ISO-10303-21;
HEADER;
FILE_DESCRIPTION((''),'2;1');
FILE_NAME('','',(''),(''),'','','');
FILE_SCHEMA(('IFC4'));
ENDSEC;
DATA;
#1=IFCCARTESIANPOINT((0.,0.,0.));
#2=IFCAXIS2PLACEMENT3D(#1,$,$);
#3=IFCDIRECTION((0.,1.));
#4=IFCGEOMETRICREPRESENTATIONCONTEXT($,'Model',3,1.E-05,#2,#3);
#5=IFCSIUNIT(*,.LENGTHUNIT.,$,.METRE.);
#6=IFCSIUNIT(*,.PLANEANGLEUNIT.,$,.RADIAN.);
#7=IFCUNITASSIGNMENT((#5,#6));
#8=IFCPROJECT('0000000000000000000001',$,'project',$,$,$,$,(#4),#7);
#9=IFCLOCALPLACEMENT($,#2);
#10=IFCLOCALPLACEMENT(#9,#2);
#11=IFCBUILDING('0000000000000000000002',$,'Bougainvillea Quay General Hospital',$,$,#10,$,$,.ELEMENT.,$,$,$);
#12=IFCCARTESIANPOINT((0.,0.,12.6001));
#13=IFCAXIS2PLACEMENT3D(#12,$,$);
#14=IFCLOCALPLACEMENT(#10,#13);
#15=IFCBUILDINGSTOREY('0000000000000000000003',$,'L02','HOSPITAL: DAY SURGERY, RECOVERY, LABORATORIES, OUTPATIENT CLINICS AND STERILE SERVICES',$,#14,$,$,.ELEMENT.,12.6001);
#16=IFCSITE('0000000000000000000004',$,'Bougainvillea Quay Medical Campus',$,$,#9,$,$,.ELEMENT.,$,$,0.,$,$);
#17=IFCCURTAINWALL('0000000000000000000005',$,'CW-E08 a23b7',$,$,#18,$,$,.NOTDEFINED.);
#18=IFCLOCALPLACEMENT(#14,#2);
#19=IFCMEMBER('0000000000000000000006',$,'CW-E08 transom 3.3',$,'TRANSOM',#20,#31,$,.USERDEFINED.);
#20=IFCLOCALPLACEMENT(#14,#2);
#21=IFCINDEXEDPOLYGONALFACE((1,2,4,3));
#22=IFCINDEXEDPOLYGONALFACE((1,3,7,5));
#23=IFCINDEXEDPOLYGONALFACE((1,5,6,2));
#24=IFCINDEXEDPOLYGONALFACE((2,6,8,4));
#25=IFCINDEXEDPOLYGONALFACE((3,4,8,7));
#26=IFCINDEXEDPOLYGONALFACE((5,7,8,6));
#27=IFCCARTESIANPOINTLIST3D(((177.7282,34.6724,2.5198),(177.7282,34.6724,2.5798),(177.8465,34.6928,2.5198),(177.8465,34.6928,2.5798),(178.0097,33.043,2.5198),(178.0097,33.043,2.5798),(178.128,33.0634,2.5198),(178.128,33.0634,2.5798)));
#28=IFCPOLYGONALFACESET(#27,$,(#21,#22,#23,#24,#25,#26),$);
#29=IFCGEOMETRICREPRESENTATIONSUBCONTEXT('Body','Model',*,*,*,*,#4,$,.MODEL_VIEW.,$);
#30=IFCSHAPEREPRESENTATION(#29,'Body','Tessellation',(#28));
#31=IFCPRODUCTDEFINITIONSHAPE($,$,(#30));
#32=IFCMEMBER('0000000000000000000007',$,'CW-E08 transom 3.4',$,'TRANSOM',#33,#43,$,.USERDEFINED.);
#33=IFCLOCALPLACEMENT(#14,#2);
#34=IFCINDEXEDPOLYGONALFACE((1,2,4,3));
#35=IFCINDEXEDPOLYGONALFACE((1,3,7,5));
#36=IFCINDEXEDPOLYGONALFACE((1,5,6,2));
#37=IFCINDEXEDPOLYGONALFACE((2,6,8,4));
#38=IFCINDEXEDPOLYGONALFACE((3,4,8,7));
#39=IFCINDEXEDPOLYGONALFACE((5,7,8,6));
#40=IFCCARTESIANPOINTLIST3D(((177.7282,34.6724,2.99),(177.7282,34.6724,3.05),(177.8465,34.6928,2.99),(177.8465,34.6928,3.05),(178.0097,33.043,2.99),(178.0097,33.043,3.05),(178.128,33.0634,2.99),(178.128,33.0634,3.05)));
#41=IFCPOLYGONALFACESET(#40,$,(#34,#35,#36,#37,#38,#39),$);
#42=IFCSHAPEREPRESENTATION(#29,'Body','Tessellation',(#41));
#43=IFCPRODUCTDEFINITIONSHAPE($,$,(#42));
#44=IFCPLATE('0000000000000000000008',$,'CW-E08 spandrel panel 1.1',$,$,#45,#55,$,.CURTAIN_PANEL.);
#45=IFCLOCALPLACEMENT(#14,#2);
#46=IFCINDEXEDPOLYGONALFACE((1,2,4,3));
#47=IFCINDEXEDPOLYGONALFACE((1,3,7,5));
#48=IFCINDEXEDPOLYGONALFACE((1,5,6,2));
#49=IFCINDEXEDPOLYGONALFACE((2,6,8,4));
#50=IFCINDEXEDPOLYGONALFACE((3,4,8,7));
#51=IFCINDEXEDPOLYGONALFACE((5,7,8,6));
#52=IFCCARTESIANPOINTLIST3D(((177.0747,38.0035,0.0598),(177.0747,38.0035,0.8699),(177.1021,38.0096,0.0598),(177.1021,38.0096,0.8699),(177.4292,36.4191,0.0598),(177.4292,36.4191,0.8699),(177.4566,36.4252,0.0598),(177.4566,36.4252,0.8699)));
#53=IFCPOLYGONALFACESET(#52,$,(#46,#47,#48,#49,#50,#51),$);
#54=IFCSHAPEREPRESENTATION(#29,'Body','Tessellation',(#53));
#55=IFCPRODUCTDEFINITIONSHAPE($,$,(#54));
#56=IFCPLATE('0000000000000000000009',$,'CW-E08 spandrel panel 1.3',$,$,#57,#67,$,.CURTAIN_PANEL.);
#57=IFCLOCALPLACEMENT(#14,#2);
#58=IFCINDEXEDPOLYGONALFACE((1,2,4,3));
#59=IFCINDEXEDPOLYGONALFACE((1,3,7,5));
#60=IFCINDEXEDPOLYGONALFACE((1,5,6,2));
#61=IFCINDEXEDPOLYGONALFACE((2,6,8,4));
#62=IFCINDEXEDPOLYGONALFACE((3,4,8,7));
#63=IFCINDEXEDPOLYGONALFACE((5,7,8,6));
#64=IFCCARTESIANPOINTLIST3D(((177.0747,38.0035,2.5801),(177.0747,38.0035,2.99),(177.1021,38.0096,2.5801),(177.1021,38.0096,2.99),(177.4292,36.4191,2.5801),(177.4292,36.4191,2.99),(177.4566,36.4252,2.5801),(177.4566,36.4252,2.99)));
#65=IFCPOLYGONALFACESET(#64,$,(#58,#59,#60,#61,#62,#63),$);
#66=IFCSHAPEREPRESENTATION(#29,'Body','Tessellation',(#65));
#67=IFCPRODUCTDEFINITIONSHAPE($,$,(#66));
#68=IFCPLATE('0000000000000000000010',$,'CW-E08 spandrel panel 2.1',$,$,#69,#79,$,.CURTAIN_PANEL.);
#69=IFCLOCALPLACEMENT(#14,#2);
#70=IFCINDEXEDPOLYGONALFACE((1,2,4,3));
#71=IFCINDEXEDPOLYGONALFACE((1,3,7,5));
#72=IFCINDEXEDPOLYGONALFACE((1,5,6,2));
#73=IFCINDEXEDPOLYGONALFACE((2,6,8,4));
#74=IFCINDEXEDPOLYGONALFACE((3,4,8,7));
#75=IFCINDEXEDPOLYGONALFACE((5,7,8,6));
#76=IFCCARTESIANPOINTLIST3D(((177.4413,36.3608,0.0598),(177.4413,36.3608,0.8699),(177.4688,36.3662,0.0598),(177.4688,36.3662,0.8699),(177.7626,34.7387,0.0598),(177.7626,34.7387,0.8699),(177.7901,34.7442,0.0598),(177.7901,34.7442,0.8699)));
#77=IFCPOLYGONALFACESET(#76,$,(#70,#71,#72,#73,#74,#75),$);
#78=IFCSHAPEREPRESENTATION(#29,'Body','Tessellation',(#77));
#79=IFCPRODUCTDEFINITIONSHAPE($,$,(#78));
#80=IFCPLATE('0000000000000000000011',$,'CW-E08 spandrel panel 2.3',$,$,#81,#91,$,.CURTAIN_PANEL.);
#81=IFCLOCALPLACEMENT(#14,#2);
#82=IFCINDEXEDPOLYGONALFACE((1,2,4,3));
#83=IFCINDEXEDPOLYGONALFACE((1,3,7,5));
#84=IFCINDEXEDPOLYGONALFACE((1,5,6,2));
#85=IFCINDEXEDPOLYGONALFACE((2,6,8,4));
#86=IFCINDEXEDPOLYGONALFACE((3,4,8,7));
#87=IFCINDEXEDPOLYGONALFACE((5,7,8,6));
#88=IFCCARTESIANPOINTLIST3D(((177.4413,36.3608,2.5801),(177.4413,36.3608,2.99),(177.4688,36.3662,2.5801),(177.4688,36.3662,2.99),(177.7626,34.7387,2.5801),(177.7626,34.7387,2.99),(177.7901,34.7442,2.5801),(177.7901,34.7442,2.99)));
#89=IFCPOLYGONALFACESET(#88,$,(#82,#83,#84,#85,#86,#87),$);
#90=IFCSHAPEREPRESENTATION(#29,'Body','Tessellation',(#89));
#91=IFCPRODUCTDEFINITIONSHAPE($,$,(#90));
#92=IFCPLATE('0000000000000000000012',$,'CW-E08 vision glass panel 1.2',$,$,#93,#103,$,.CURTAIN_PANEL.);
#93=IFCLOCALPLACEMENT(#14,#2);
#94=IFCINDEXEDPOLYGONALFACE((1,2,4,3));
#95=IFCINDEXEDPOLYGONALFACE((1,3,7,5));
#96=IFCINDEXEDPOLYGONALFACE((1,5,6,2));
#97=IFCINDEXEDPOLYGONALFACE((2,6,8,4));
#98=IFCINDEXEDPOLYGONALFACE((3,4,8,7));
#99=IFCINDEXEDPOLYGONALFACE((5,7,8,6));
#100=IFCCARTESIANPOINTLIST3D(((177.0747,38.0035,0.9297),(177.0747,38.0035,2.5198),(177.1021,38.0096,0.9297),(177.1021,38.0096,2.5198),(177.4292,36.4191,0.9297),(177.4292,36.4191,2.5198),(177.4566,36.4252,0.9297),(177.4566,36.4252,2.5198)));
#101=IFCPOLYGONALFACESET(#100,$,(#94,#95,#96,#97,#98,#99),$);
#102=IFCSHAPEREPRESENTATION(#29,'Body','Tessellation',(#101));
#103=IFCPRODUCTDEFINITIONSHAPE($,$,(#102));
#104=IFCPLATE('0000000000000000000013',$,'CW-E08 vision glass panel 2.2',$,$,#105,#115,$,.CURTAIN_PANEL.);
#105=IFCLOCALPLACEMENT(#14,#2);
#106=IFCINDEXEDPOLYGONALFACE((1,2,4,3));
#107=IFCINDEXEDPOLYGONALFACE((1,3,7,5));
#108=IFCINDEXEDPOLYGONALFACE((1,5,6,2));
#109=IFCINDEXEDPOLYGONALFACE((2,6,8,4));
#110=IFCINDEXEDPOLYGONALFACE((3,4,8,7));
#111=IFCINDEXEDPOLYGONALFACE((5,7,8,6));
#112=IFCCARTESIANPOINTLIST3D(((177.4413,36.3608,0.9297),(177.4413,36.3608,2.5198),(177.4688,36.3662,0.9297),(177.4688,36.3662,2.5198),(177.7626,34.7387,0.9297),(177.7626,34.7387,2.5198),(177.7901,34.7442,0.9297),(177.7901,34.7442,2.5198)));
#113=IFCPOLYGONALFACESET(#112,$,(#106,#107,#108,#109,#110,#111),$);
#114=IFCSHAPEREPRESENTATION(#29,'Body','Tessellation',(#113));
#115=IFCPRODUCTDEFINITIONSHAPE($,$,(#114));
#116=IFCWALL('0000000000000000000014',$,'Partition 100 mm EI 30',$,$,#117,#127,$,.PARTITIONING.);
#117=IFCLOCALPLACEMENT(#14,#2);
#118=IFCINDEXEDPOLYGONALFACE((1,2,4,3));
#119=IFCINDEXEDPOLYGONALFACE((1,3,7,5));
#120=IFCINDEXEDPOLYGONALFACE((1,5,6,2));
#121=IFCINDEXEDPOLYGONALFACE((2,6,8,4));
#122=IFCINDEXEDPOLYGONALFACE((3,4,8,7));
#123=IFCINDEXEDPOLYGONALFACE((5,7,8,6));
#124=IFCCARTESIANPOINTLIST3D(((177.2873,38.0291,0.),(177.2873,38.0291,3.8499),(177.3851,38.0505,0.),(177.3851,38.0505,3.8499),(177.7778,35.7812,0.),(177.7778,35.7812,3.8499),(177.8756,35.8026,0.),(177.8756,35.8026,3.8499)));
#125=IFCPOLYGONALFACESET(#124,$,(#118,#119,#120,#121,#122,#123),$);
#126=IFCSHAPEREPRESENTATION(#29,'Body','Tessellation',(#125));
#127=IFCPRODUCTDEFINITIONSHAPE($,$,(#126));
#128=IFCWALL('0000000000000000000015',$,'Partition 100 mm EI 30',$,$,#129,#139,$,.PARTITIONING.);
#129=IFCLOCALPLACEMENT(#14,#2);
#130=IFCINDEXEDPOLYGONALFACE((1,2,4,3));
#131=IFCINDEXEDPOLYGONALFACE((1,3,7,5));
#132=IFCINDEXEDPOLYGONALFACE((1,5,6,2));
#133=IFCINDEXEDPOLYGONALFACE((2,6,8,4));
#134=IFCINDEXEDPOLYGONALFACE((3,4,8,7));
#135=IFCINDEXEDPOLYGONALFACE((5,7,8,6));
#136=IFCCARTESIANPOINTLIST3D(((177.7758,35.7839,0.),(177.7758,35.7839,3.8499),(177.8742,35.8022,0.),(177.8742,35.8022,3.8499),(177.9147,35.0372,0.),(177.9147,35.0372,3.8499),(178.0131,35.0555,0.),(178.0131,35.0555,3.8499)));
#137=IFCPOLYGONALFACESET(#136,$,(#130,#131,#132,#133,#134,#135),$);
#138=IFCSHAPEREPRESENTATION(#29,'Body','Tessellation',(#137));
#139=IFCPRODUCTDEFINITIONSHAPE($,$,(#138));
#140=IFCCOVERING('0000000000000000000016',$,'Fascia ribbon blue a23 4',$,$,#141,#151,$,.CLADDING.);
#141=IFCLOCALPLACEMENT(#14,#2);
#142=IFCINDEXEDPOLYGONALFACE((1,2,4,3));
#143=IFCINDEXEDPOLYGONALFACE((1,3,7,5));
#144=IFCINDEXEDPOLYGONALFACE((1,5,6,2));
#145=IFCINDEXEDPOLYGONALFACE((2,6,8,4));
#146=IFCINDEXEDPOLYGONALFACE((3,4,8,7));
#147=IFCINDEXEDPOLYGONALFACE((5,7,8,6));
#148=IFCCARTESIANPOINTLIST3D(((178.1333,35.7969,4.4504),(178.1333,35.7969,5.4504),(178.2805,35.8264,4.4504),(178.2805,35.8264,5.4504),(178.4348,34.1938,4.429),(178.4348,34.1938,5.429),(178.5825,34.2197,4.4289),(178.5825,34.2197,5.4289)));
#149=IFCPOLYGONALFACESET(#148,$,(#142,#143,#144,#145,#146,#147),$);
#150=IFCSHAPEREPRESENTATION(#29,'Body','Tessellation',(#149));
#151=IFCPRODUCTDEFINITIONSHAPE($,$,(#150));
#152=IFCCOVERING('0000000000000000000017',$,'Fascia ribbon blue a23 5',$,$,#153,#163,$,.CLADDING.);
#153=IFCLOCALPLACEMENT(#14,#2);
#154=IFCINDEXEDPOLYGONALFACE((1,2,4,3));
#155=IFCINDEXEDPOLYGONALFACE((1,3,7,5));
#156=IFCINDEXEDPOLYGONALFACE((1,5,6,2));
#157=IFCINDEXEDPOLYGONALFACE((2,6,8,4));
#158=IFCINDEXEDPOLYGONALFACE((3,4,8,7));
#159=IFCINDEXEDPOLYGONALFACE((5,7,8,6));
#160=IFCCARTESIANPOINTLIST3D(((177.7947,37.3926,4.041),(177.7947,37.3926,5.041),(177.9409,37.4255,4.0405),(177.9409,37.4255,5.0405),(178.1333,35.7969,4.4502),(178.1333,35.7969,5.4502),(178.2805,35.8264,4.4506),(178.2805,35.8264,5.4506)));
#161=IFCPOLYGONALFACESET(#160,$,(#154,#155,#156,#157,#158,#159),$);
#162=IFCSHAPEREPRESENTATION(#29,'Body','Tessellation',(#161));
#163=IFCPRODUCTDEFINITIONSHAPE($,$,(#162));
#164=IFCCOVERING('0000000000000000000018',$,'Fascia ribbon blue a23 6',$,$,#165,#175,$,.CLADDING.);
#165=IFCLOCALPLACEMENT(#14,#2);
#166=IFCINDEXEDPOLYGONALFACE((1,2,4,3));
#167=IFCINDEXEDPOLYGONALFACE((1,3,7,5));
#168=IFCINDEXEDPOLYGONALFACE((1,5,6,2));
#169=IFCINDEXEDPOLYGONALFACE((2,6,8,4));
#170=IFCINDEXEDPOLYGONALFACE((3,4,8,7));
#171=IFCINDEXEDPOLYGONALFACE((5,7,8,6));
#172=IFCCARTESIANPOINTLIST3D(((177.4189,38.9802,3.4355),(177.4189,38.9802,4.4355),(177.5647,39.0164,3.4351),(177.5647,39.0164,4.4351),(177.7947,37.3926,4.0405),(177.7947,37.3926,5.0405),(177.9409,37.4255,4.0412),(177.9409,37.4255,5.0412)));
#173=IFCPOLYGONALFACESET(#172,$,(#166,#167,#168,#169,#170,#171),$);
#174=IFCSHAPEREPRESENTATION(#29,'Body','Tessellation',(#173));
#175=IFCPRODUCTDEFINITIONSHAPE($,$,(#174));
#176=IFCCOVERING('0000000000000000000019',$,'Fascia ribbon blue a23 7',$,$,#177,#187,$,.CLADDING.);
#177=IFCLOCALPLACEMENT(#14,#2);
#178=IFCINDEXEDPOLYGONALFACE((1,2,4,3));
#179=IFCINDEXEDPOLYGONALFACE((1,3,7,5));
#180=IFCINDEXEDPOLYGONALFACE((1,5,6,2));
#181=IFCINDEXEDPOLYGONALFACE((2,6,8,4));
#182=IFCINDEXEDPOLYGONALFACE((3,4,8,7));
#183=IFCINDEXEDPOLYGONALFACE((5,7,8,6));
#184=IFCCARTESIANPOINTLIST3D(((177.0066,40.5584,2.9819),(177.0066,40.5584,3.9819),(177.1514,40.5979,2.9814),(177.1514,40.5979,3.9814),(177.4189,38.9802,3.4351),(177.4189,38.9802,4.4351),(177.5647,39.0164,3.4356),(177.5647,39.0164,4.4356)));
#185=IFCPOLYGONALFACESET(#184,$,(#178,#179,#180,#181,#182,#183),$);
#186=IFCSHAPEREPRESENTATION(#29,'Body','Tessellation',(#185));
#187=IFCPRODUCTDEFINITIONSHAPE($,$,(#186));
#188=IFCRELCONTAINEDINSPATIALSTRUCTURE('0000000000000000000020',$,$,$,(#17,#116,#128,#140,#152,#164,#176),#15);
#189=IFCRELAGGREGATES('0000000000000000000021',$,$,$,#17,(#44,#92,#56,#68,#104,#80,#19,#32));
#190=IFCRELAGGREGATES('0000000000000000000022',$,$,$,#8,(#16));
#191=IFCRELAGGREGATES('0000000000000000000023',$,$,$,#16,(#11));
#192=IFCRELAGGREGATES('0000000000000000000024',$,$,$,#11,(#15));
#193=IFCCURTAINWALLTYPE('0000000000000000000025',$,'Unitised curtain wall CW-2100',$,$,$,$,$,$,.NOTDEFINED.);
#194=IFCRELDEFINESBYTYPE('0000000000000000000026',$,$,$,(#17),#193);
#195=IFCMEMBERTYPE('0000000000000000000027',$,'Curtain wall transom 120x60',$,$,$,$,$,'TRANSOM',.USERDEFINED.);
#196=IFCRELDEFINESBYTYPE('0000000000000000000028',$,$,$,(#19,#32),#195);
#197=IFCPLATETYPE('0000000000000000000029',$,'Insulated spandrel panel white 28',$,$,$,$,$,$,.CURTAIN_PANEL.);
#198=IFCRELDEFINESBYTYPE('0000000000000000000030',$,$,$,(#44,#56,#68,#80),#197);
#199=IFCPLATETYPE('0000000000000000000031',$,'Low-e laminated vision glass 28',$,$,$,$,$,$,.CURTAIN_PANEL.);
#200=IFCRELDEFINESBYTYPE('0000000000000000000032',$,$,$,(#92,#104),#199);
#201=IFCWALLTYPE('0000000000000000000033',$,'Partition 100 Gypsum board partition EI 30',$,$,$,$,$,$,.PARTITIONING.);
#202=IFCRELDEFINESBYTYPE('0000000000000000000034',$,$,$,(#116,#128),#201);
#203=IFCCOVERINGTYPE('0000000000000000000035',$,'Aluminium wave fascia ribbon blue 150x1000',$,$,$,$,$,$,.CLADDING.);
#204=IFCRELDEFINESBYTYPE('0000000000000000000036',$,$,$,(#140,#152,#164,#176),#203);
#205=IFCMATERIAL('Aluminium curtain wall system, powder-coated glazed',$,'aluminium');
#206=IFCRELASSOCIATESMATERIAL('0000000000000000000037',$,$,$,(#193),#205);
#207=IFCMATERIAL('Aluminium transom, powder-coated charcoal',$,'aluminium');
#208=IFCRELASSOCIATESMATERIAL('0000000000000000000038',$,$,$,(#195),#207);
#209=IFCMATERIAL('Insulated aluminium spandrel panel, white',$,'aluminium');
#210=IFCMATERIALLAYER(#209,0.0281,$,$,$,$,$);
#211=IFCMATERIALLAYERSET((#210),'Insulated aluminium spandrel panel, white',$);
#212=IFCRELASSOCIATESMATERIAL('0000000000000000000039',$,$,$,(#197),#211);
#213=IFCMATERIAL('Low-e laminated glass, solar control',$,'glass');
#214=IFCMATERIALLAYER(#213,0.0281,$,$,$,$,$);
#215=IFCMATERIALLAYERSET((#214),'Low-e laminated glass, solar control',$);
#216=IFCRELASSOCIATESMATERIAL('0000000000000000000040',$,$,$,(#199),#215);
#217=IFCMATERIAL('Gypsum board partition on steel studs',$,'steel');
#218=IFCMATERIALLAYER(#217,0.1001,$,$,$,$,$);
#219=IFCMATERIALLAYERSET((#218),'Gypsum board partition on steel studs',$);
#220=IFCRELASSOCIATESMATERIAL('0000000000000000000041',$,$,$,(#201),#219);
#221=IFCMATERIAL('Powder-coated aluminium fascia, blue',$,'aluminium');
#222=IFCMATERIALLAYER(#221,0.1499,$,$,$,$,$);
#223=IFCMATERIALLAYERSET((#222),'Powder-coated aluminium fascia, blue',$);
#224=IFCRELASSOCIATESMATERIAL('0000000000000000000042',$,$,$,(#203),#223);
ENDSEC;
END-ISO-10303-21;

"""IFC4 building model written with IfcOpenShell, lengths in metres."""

from ifc_helpers import new_model, si_unit, direction, frame, frame_2d, origin, origin_2d, place, context, subcontext, project, spatial, polyline, rectangle, outline, extrude, material, layer, layer_set, material_profile, profile_set, type_object, element, aggregate, save


model = new_model("IFC4")

# Units and contexts
model_context = context("Model", 3, precision=1e-05, world=origin(), true_north=direction((0.0, 1.0)))
body_context = subcontext(model_context, "Body", "Model", "MODEL_VIEW")
ifc_project = project(units=[si_unit("LENGTHUNIT", "METRE"), si_unit("PLANEANGLEUNIT", "RADIAN")], contexts=[model_context])

# Site, building, storey
site_placement = place(None, origin())
site = spatial("IfcSite", under=ifc_project, at=site_placement, Name="Bougainvillea Quay Medical Campus", CompositionType="ELEMENT", RefElevation=0.0)
building_placement = place(site_placement, origin())
building = spatial("IfcBuilding", under=site, at=building_placement, Name="Bougainvillea Quay General Hospital", CompositionType="ELEMENT")
storey_placement = place(building_placement, frame((0.0, 0.0, 12.6001)))
storey = spatial("IfcBuildingStorey", under=building, at=storey_placement, Name="L02", Description="HOSPITAL: DAY SURGERY, RECOVERY, LABORATORIES, OUTPATIENT CLINICS AND STERILE SERVICES", CompositionType="ELEMENT", Elevation=12.6001)

# Shared definitions
ifc_material_1 = material(Name="Aluminium curtain wall system, powder-coated glazed", Category="aluminium")
curtain_wall_type = type_object("IfcCurtainWallType", Name="Unitised curtain wall CW-2100", PredefinedType="NOTDEFINED", material=ifc_material_1)

# Curtain wall, members, plates
curtain_wall_1_placement = place(storey_placement, origin())
curtain_wall_1 = element("IfcCurtainWall", 1, at=curtain_wall_1_placement, inside=storey, type_object=curtain_wall_type, Name="CW-E08 a23b7", PredefinedType="NOTDEFINED")
ifc_material_2 = material(Name="Aluminium transom, powder-coated charcoal", Category="aluminium")
ifc_material_profile_1 = material_profile(ifc_material_2, rectangle(XDim=0.1201, YDim=0.0601, at=origin_2d()))
ifc_profile_set_1 = profile_set([ifc_material_profile_1], Name="Aluminium transom, powder-coated charcoal")
member_type_1 = type_object("IfcMemberType", Name="Curtain wall transom 120x60", ElementType="TRANSOM", PredefinedType="USERDEFINED", material=ifc_profile_set_1)
member_1_placement = place(storey_placement, frame((177.7874, 34.6826, 2.5498), z_axis=(0.170238, -0.985403, 0.0), x_axis=(0.985403, 0.170238, 0.0)))
member_1 = element("IfcMember", 2, at=member_1_placement, type_object=member_type_1, Name="CW-E08 transom 3.3", ObjectType="TRANSOM", PredefinedType="USERDEFINED", context=body_context, shape_type="SweptSolid", body=[
    extrude(rectangle(XDim=0.1201, YDim=0.0601, at=origin_2d()), origin(), (0.0, 0.0, 1.0), 1.6536),
])
member_2_placement = place(storey_placement, frame((177.7874, 34.6826, 3.02), z_axis=(0.170238, -0.985403, 0.0), x_axis=(0.985403, 0.170238, 0.0)))
member_2 = element("IfcMember", 3, at=member_2_placement, type_object=member_type_1, Name="CW-E08 transom 3.4", ObjectType="TRANSOM", PredefinedType="USERDEFINED", context=body_context, shape_type="SweptSolid", body=[
    extrude(rectangle(XDim=0.1201, YDim=0.0601, at=origin_2d()), origin(), (0.0, 0.0, 1.0), 1.6536),
])
ifc_material_3 = material(Name="Insulated aluminium spandrel panel, white", Category="aluminium")
ifc_layer_1 = layer(ifc_material_3, 0.0281)
ifc_layer_set_1 = layer_set([ifc_layer_1], Name="Insulated aluminium spandrel panel, white")
plate_type_1 = type_object("IfcPlateType", Name="Insulated spandrel panel white 28", PredefinedType="CURTAIN_PANEL", material=ifc_layer_set_1)
plate_1_placement = place(storey_placement, frame((177.2656, 37.2144, 0.0598), z_axis=(0.0, 0.0, 1.0), x_axis=(0.218351, -0.97587, 0.0)))
plate_1 = element("IfcPlate", 4, at=plate_1_placement, type_object=plate_type_1, Name="CW-E08 spandrel panel 1.1", PredefinedType="CURTAIN_PANEL", context=body_context, shape_type="SweptSolid", body=[
    extrude(rectangle(XDim=1.6235, YDim=0.0281, at=origin_2d()), origin(), (0.0, 0.0, 1.0), 0.8101),
])
plate_2_placement = place(storey_placement, frame((177.2656, 37.2144, 2.5801), z_axis=(0.0, 0.0, 1.0), x_axis=(0.218351, -0.97587, 0.0)))
plate_2 = element("IfcPlate", 5, at=plate_2_placement, type_object=plate_type_1, Name="CW-E08 spandrel panel 1.3", PredefinedType="CURTAIN_PANEL", context=body_context, shape_type="SweptSolid", body=[
    extrude(rectangle(XDim=1.6235, YDim=0.0281, at=origin_2d()), origin(), (0.0, 0.0, 1.0), 0.4099),
])
plate_3_placement = place(storey_placement, frame((177.6157, 35.5525, 0.0598), z_axis=(0.0, 0.0, 1.0), x_axis=(0.194314, -0.980939, 0.0)))
plate_3 = element("IfcPlate", 6, at=plate_3_placement, type_object=plate_type_1, Name="CW-E08 spandrel panel 2.1", PredefinedType="CURTAIN_PANEL", context=body_context, shape_type="SweptSolid", body=[
    extrude(rectangle(XDim=1.6536, YDim=0.0281, at=origin_2d()), origin(), (0.0, 0.0, 1.0), 0.8101),
])
plate_4_placement = place(storey_placement, frame((177.6157, 35.5525, 2.5801), z_axis=(0.0, 0.0, 1.0), x_axis=(0.194314, -0.980939, 0.0)))
plate_4 = element("IfcPlate", 7, at=plate_4_placement, type_object=plate_type_1, Name="CW-E08 spandrel panel 2.3", PredefinedType="CURTAIN_PANEL", context=body_context, shape_type="SweptSolid", body=[
    extrude(rectangle(XDim=1.6536, YDim=0.0281, at=origin_2d()), origin(), (0.0, 0.0, 1.0), 0.4099),
])
ifc_material_4 = material(Name="Low-e laminated glass, solar control", Category="glass")
ifc_layer_2 = layer(ifc_material_4, 0.0281)
ifc_layer_set_2 = layer_set([ifc_layer_2], Name="Low-e laminated glass, solar control")
plate_type_2 = type_object("IfcPlateType", Name="Low-e laminated vision glass 28", PredefinedType="CURTAIN_PANEL", material=ifc_layer_set_2)
plate_5_placement = place(storey_placement, frame((177.2656, 37.2144, 0.9297), z_axis=(0.0, 0.0, 1.0), x_axis=(0.218351, -0.97587, 0.0)))
plate_5 = element("IfcPlate", 8, at=plate_5_placement, type_object=plate_type_2, Name="CW-E08 vision glass panel 1.2", PredefinedType="CURTAIN_PANEL", context=body_context, shape_type="SweptSolid", body=[
    extrude(rectangle(XDim=1.6235, YDim=0.0281, at=origin_2d()), origin(), (0.0, 0.0, 1.0), 1.5901),
])
plate_6_placement = place(storey_placement, frame((177.6157, 35.5525, 0.9297), z_axis=(0.0, 0.0, 1.0), x_axis=(0.194314, -0.980939, 0.0)))
plate_6 = element("IfcPlate", 9, at=plate_6_placement, type_object=plate_type_2, Name="CW-E08 vision glass panel 2.2", PredefinedType="CURTAIN_PANEL", context=body_context, shape_type="SweptSolid", body=[
    extrude(rectangle(XDim=1.6536, YDim=0.0281, at=origin_2d()), origin(), (0.0, 0.0, 1.0), 1.5901),
])
aggregate(curtain_wall_1, [plate_1, plate_5, plate_2, plate_3, plate_6, plate_4, member_1, member_2])

# Walls
ifc_material_5 = material(Name="Gypsum board partition on steel studs", Category="steel")
ifc_layer_3 = layer(ifc_material_5, 0.1001)
ifc_layer_set_3 = layer_set([ifc_layer_3], Name="Gypsum board partition on steel studs")
wall_type = type_object("IfcWallType", Name="Partition 100 Gypsum board partition EI 30", PredefinedType="PARTITIONING", material=ifc_layer_set_3)
wall_1_placement = place(storey_placement, frame((177.3362, 38.0398, 0.0), z_axis=(0.0, 0.0, 1.0), x_axis=(0.213187, -0.977011, 0.0)))
element("IfcWall", 10, at=wall_1_placement, inside=storey, type_object=wall_type, Name="Partition 100 mm EI 30", PredefinedType="PARTITIONING", context=body_context, shape_type="SweptSolid", body=[
    extrude(rectangle(XDim=2.3008, YDim=0.1001, at=frame_2d((1.1504, 0.0))), origin(), (0.0, 0.0, 1.0), 3.8499),
])
wall_2_placement = place(storey_placement, frame((177.825, 35.7932, 0.0), z_axis=(0.0, 0.0, 1.0), x_axis=(0.182872, -0.983137, 0.0)))
element("IfcWall", 11, at=wall_2_placement, inside=storey, type_object=wall_type, Name="Partition 100 mm EI 30", PredefinedType="PARTITIONING", context=body_context, shape_type="SweptSolid", body=[
    extrude(rectangle(XDim=0.7595, YDim=0.1001, at=frame_2d((0.3799, 0.0))), origin(), (0.0, 0.0, 1.0), 3.8499),
])

# Coverings
ifc_material_6 = material(Name="Powder-coated aluminium fascia, blue", Category="aluminium")
ifc_layer_4 = layer(ifc_material_6, 0.1499)
ifc_layer_set_4 = layer_set([ifc_layer_4], Name="Powder-coated aluminium fascia, blue")
covering_type = type_object("IfcCoveringType", Name="Aluminium wave fascia ribbon blue 150x1000", PredefinedType="CLADDING", material=ifc_layer_set_4)
covering_1_placement = place(storey_placement, frame((178.4348, 34.1938, 4.429), z_axis=(0.00243, -0.012929, 0.999913), x_axis=(-0.184833, 0.982682, 0.013155)))
element("IfcCovering", 12, at=covering_1_placement, inside=storey, type_object=covering_type, Name="Fascia ribbon blue a23 4", PredefinedType="CLADDING", context=body_context, shape_type="SweptSolid", body=[
    extrude(outline(polyline([(0.0, 0.0), (1.6313, 0.0), (1.6331, -0.1501), (-0.0019, -0.1499), (0.0, 0.0)])), origin(), (0.013155, -0.000002, 0.999913), 1.0),
])
covering_2_placement = place(storey_placement, frame((178.1333, 35.7969, 4.4502), z_axis=(-0.050687, 0.237989, 0.969944), x_axis=(-0.201348, 0.948816, -0.243327)))
element("IfcCovering", 13, at=covering_2_placement, inside=storey, type_object=covering_type, Name="Fascia ribbon blue a23 5", PredefinedType="CLADDING", context=body_context, shape_type="SweptSolid", body=[
    extrude(outline(polyline([(0.0, 0.0), (1.6818, 0.0), (1.6837, -0.1499), (-0.0017, -0.1501), (0.0, 0.0)])), origin(), (-0.243327, -0.000174, 0.969944), 1.0),
])
covering_3_placement = place(storey_placement, frame((177.7947, 37.3926, 4.0405), z_axis=(-0.080802, 0.338168, 0.93761), x_axis=(-0.21593, 0.912408, -0.347687)))
element("IfcCovering", 14, at=covering_3_placement, inside=storey, type_object=covering_type, Name="Fascia ribbon blue a23 6", PredefinedType="CLADDING", context=body_context, shape_type="SweptSolid", body=[
    extrude(outline(polyline([(0.0, 0.0), (1.7401, 0.0), (1.7417, -0.1502), (-0.0018, -0.1499), (0.0, 0.0)])), origin(), (-0.347687, -0.000704, 0.93761), 1.0),
])
covering_4_placement = place(storey_placement, frame((177.4189, 38.9802, 3.4351), z_axis=(-0.067475, 0.259018, 0.963513), x_axis=(-0.243582, 0.932215, -0.267663)))
element("IfcCovering", 15, at=covering_4_placement, inside=storey, type_object=covering_type, Name="Fascia ribbon blue a23 7", PredefinedType="CLADDING", context=body_context, shape_type="SweptSolid", body=[
    extrude(outline(polyline([(0.0, 0.0), (1.6929, 0.0), (1.6946, -0.1501), (-0.0019, -0.1502), (0.0, 0.0)])), origin(), (-0.267663, 0.000191, 0.963513), 1.0),
])

save(model, "model.ifc")
